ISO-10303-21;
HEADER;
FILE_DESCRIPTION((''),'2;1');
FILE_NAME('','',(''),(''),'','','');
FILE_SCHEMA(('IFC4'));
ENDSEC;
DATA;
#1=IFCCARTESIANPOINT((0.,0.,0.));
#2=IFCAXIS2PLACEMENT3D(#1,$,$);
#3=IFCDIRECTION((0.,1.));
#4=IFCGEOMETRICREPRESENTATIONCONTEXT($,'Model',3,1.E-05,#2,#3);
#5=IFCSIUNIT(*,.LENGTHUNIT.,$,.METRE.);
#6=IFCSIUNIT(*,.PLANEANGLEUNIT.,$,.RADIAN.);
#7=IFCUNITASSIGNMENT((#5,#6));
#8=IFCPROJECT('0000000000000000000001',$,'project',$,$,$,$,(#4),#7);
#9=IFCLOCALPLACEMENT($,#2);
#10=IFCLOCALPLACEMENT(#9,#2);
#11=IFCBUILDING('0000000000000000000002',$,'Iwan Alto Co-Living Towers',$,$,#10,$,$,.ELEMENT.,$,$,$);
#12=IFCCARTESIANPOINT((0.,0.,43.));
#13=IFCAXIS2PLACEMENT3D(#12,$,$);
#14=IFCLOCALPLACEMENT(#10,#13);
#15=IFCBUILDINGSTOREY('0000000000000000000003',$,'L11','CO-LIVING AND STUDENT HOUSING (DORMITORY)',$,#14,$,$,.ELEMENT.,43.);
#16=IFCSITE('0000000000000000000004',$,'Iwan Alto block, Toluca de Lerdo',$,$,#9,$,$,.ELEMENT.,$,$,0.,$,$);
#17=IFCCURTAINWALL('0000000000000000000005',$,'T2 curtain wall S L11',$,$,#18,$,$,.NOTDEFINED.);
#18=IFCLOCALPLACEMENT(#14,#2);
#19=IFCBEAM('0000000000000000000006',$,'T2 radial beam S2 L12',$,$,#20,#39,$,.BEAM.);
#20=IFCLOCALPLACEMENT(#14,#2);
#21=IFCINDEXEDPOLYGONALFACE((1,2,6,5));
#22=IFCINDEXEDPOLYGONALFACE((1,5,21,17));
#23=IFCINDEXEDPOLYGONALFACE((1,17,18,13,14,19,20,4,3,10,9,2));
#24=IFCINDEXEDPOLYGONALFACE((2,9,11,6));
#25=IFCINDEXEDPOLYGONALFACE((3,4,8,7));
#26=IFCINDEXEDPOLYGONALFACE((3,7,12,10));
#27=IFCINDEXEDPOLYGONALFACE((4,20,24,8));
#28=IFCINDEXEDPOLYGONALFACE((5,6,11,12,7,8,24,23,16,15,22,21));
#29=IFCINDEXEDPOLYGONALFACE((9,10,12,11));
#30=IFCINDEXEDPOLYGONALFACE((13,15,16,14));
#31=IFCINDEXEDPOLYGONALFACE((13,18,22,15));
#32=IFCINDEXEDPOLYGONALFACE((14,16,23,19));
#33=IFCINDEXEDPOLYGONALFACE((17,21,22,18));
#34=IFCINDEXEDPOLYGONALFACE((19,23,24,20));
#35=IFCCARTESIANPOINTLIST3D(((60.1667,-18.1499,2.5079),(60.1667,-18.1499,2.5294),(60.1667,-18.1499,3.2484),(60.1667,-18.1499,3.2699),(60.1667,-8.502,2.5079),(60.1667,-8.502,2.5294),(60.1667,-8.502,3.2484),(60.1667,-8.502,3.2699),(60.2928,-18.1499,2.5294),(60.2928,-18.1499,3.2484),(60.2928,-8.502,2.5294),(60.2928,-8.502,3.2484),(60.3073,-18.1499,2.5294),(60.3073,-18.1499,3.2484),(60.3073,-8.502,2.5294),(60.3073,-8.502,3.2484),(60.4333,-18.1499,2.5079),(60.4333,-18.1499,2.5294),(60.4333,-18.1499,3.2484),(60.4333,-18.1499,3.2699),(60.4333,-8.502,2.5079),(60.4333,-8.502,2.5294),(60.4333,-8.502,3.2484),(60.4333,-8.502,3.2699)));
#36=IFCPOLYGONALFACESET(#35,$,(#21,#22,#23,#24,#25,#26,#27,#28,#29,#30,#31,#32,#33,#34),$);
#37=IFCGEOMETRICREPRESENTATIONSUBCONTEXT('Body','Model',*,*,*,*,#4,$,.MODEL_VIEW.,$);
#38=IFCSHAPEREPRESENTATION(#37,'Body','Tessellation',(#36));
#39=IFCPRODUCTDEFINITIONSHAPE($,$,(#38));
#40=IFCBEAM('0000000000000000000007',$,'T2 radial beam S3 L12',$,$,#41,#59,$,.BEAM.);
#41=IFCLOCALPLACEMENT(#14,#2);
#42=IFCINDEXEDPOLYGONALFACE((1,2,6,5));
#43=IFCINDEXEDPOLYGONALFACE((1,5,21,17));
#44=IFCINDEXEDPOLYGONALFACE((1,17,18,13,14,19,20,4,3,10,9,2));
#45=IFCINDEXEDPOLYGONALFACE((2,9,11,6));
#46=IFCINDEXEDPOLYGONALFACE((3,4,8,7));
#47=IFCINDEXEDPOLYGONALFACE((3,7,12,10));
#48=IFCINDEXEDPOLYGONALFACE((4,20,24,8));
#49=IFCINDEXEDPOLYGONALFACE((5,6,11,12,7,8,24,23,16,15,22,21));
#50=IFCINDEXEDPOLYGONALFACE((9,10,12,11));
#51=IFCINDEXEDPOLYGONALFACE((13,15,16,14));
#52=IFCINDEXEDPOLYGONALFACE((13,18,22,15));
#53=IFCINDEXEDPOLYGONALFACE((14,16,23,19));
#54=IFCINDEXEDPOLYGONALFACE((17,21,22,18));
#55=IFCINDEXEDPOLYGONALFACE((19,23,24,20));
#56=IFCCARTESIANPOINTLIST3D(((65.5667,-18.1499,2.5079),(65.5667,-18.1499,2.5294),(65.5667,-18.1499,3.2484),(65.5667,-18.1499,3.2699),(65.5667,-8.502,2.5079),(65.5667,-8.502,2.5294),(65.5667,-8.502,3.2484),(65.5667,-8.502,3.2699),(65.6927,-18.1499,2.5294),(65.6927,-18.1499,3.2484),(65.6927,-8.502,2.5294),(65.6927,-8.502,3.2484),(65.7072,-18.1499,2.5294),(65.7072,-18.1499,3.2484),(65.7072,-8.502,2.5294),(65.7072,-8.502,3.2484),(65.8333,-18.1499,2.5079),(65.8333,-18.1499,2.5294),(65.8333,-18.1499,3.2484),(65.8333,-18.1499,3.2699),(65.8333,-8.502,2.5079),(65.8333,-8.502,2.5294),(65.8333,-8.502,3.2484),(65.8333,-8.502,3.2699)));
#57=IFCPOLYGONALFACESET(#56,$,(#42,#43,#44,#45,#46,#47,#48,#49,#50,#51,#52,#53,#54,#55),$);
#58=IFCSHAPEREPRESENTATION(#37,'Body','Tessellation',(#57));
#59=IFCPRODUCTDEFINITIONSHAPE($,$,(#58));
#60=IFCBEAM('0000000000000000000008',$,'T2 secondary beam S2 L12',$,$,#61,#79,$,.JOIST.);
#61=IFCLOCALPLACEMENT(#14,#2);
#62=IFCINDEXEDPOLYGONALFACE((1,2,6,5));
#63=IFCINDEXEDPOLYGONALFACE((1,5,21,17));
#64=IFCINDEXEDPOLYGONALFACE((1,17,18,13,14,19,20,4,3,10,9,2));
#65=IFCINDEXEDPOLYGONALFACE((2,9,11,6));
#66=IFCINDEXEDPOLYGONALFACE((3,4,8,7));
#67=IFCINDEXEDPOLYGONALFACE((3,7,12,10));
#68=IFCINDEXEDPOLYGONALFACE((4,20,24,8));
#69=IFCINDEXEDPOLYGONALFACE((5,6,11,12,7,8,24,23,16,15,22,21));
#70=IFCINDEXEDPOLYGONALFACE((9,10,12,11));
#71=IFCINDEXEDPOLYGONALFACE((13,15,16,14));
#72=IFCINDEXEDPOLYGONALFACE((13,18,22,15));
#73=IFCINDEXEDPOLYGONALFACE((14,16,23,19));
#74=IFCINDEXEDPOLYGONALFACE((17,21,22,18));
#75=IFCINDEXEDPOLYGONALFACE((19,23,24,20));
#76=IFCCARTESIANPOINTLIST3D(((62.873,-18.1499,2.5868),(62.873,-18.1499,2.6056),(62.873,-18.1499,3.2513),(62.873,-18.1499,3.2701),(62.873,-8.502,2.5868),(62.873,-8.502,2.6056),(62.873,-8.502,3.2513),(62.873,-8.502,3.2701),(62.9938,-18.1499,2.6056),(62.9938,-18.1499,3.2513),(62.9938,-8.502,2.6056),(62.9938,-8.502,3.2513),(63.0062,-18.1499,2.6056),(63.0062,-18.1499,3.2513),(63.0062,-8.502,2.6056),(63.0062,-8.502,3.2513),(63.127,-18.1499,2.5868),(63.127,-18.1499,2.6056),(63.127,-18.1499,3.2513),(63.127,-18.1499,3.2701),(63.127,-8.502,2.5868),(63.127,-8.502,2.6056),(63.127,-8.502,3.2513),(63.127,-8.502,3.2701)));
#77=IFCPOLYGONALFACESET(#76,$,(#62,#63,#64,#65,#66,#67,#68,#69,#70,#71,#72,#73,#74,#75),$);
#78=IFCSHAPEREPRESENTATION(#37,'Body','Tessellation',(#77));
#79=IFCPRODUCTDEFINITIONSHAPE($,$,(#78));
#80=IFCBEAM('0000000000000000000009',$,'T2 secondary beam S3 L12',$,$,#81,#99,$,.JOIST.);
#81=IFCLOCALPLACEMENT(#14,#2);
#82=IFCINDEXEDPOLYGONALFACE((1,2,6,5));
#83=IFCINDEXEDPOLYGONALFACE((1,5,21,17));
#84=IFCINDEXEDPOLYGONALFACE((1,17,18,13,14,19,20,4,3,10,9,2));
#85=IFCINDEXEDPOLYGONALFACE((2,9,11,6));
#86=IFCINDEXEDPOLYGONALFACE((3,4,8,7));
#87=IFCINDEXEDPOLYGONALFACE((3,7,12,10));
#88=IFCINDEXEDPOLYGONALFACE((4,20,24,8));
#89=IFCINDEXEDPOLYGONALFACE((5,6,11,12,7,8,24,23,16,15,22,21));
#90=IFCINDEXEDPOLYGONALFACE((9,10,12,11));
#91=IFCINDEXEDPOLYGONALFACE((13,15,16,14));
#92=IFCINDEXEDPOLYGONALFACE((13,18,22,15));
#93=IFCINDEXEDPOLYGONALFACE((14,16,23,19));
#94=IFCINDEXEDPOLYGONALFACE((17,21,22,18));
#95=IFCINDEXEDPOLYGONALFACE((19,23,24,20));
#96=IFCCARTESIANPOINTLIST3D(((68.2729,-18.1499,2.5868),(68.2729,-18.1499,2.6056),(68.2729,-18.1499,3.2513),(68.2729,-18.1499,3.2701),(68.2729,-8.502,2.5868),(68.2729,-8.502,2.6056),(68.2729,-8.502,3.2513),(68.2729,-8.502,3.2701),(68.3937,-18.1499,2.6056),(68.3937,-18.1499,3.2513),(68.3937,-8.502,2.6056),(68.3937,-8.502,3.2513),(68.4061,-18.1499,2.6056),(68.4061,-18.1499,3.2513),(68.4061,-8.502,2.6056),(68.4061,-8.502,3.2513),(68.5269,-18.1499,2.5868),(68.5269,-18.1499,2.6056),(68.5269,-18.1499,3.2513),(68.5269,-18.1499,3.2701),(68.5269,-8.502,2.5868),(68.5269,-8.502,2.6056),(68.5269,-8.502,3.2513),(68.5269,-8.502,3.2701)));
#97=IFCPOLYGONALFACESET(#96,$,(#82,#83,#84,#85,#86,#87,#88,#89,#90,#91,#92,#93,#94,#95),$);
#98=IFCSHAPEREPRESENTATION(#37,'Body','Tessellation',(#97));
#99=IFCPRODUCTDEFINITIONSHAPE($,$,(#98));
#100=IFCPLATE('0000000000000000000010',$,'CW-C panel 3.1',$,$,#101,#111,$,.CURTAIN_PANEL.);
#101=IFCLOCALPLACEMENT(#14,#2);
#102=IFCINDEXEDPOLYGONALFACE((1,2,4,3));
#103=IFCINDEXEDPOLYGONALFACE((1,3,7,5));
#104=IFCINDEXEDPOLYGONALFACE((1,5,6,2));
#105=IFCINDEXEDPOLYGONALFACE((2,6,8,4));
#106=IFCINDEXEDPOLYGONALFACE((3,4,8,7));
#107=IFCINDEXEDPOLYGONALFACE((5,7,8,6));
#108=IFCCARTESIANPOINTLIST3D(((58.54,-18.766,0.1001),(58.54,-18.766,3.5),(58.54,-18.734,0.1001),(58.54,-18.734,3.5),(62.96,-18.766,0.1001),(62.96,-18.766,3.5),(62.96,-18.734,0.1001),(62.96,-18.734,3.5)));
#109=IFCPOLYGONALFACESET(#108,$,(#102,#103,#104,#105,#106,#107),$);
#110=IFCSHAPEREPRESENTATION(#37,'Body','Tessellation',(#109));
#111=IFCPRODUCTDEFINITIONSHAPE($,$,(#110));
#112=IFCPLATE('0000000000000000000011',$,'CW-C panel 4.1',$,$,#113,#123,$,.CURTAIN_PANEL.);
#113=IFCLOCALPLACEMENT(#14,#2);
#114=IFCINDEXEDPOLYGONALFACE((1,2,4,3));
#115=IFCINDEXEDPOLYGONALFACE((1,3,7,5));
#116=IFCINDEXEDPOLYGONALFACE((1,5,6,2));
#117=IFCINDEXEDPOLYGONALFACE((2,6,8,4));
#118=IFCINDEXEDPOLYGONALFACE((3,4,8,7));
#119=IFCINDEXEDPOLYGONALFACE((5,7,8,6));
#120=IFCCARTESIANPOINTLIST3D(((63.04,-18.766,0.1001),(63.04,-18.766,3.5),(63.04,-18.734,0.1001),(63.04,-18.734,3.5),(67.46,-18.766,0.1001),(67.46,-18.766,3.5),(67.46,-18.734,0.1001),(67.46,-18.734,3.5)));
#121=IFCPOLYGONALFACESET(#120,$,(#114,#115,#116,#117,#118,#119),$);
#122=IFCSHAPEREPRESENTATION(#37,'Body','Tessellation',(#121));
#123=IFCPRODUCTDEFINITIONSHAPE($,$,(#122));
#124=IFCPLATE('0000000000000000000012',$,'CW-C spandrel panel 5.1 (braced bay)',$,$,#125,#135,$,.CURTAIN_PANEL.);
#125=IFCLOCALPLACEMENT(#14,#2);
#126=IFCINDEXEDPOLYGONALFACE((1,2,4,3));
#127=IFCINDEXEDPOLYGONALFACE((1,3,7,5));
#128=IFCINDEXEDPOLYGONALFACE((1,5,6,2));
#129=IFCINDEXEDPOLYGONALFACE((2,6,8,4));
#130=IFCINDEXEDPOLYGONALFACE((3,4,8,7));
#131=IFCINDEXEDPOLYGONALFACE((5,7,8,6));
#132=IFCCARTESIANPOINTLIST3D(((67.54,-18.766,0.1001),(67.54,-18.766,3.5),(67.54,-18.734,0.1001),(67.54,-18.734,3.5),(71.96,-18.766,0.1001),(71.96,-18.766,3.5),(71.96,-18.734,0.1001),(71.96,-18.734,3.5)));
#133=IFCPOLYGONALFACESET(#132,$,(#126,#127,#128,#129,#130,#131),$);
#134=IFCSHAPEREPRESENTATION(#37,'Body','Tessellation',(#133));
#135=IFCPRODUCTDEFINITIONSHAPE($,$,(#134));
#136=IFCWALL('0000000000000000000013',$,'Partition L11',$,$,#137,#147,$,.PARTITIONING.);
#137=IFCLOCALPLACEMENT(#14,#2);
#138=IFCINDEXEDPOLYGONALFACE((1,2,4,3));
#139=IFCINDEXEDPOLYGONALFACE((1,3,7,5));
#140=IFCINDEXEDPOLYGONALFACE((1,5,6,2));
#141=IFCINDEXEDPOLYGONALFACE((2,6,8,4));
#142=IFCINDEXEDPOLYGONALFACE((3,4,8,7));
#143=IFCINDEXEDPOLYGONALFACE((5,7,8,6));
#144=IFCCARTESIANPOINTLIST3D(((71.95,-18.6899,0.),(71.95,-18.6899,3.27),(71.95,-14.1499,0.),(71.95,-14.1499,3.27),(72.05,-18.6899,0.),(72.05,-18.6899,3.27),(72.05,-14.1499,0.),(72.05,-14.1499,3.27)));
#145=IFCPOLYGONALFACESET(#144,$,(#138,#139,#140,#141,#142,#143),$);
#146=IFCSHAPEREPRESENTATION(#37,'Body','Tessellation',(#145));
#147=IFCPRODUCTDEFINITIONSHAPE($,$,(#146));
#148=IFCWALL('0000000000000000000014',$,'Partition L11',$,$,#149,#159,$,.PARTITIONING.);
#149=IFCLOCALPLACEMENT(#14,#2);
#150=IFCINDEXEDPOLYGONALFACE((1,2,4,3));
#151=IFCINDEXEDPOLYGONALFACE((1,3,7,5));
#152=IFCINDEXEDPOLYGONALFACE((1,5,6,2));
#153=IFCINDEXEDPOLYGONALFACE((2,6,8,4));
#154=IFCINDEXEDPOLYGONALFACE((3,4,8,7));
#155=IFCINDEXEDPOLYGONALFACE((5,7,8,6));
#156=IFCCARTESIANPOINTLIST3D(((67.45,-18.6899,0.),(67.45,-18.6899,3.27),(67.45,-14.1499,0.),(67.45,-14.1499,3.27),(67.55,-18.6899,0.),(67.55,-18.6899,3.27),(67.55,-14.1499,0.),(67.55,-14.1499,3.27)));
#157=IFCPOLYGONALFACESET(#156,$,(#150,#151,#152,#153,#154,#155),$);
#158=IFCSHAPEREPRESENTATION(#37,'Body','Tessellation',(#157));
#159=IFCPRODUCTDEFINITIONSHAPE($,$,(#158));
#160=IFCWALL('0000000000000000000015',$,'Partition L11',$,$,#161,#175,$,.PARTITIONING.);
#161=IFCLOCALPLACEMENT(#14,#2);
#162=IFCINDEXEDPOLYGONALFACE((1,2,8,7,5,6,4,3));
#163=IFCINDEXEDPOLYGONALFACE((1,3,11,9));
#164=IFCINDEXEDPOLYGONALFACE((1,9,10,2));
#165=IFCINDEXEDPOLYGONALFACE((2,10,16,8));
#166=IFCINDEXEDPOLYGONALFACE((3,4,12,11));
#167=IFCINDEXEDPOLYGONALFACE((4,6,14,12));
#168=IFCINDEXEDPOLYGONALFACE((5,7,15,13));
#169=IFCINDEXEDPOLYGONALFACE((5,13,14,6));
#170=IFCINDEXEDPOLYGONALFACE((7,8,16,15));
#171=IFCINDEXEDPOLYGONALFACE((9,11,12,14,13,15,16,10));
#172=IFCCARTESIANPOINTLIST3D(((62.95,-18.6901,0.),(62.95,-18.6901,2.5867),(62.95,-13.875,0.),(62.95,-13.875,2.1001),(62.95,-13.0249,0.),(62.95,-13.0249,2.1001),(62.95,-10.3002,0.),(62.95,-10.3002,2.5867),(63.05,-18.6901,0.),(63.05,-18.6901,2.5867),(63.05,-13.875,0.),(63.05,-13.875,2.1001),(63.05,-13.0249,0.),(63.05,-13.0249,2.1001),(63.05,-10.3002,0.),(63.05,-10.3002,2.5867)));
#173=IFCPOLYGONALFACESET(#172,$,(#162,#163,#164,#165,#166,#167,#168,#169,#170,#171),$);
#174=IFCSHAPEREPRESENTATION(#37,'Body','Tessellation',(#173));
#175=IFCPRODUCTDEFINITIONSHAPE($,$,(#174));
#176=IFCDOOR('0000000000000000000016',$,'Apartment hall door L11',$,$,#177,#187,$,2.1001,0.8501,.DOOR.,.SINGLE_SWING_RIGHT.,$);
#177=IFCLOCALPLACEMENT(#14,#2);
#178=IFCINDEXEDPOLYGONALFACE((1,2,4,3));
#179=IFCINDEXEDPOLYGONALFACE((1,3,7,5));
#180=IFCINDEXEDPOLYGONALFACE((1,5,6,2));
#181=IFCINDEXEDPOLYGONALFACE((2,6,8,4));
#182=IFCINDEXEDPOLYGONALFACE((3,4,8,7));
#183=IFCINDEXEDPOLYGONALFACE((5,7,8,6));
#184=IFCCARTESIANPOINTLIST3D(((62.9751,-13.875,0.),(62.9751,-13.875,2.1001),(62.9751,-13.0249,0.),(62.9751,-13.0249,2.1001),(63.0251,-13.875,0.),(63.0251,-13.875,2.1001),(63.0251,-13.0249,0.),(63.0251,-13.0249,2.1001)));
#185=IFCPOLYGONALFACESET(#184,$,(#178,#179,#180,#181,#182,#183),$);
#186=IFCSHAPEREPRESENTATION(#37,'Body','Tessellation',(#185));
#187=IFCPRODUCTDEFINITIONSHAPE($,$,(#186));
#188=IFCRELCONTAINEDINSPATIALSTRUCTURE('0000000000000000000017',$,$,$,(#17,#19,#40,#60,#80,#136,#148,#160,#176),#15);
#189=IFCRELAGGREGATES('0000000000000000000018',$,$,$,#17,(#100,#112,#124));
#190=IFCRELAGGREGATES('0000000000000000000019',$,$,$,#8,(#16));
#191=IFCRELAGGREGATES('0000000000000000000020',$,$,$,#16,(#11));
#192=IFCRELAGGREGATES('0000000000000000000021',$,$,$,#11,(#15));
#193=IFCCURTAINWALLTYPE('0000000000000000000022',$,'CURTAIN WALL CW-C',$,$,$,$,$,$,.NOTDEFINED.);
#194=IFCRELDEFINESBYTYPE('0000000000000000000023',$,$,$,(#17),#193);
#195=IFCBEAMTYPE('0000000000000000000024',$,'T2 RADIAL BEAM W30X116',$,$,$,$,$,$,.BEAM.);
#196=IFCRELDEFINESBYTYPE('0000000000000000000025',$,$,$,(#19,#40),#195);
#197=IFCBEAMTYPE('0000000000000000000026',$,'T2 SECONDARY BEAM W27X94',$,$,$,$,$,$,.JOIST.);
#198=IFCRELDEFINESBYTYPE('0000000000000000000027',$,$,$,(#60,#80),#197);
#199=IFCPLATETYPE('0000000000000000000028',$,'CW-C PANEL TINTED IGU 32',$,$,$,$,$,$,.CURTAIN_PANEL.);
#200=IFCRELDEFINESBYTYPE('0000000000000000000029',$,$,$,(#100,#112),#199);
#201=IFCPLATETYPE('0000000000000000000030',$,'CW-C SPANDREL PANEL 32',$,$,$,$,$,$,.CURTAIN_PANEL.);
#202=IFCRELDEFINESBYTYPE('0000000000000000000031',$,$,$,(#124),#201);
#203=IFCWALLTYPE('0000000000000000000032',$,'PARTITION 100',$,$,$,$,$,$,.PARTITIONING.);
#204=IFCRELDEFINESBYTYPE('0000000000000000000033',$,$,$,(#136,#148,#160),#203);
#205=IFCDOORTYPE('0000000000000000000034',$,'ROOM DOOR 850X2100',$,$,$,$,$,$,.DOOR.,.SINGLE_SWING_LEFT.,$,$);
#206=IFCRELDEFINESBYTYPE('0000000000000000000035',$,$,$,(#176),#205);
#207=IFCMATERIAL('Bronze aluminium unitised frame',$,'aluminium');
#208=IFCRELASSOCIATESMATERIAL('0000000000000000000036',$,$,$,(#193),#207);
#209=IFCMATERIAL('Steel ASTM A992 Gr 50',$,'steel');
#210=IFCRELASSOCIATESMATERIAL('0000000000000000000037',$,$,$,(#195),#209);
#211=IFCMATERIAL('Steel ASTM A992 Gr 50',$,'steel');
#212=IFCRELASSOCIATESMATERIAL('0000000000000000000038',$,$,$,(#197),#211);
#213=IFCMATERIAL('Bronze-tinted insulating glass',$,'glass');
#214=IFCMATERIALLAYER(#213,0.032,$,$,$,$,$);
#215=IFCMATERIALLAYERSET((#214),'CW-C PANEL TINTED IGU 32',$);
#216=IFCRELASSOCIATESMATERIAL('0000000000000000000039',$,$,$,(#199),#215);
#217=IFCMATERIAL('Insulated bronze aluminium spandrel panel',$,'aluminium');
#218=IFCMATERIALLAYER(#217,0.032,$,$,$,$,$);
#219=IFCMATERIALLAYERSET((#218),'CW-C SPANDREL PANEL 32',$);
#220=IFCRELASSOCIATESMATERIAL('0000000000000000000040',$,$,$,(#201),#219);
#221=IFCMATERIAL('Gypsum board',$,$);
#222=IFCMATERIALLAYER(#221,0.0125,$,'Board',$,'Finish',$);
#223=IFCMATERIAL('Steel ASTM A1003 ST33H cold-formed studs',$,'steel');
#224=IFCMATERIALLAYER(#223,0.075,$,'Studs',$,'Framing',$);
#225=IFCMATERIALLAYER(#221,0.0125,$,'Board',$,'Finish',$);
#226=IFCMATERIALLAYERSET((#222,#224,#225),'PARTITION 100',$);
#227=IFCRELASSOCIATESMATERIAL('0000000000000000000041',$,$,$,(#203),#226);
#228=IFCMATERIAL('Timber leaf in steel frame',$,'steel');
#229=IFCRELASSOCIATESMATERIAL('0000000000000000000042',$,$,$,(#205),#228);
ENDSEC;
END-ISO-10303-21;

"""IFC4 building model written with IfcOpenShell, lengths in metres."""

from ifc_helpers import new_model, si_unit, direction, frame, frame_2d, origin, origin_2d, place, context, subcontext, project, spatial, rectangle, i_section, extrude, material, layer, layer_set, material_profile, profile_set, type_object, element, fill, aggregate, save


model = new_model("IFC4")

# Units and contexts
model_context = context("Model", 3, precision=1e-05, world=origin(), true_north=direction((0.0, 1.0)))
body_context = subcontext(model_context, "Body", "Model", "MODEL_VIEW")
ifc_project = project(units=[si_unit("LENGTHUNIT", "METRE"), si_unit("PLANEANGLEUNIT", "RADIAN")], contexts=[model_context])

# Site, building, storey
site_placement = place(None, origin())
site = spatial("IfcSite", under=ifc_project, at=site_placement, Name="Iwan Alto block, Toluca de Lerdo", CompositionType="ELEMENT", RefElevation=0.0)
building_placement = place(site_placement, origin())
building = spatial("IfcBuilding", under=site, at=building_placement, Name="Iwan Alto Co-Living Towers", CompositionType="ELEMENT")
storey_placement = place(building_placement, frame((0.0, 0.0, 43.0)))
storey = spatial("IfcBuildingStorey", under=building, at=storey_placement, Name="L11", Description="CO-LIVING AND STUDENT HOUSING (DORMITORY)", CompositionType="ELEMENT", Elevation=43.0)

# Curtain wall
ifc_material_1 = material(Name="Bronze aluminium unitised frame", Category="aluminium")
curtain_wall_type = type_object("IfcCurtainWallType", Name="CURTAIN WALL CW-C", PredefinedType="NOTDEFINED", material=ifc_material_1)
curtain_wall_placement = place(storey_placement, origin())
curtain_wall = element("IfcCurtainWall", 1, at=curtain_wall_placement, inside=storey, type_object=curtain_wall_type, Name="T2 curtain wall S L11", PredefinedType="NOTDEFINED")

# Beams
ifc_material_2 = material(Name="Steel ASTM A992 Gr 50", Category="steel")
ifc_material_profile_1 = material_profile(ifc_material_2, i_section(OverallWidth=0.2666, OverallDepth=0.762, WebThickness=0.0144, FlangeThickness=0.0215, at=origin_2d()), Name="W30X116")
ifc_profile_set_1 = profile_set([ifc_material_profile_1], Name="Steel ASTM A992 Gr 50")
beam_type_1 = type_object("IfcBeamType", Name="T2 RADIAL BEAM W30X116", PredefinedType="BEAM", material=ifc_profile_set_1)
for number, where, z_axis, x_axis, name in (
    (2, (60.3, -18.1499, 2.8889), (0.0, 1.0, 0.0), (-1.0, 0.0, 0.0), "T2 radial beam S2 L12"),
    (3, (65.7, -18.1499, 2.8889), (0.0, 1.0, 0.0), (-1.0, 0.0, 0.0), "T2 radial beam S3 L12"),
):
    element("IfcBeam", number, at=place(storey_placement, frame(where, z_axis=z_axis, x_axis=x_axis)), inside=storey, type_object=beam_type_1, Name=name, PredefinedType="BEAM", context=body_context, shape_type="SweptSolid", body=[
        extrude(i_section(OverallWidth=0.2666, OverallDepth=0.762, WebThickness=0.0144, FlangeThickness=0.0215, at=origin_2d()), origin(), (0.0, 0.0, 1.0), 9.6479),
    ])
ifc_material_3 = material(Name="Steel ASTM A992 Gr 50", Category="steel")
ifc_material_profile_2 = material_profile(ifc_material_3, i_section(OverallWidth=0.2539, OverallDepth=0.6833, WebThickness=0.0125, FlangeThickness=0.0188, at=origin_2d()), Name="W27X94")
ifc_profile_set_2 = profile_set([ifc_material_profile_2], Name="Steel ASTM A992 Gr 50")
beam_type_2 = type_object("IfcBeamType", Name="T2 SECONDARY BEAM W27X94", PredefinedType="JOIST", material=ifc_profile_set_2)
for number, where, z_axis, x_axis, name in (
    (4, (63.0, -18.1499, 2.9285), (0.0, 1.0, 0.0), (-1.0, 0.0, 0.0), "T2 secondary beam S2 L12"),
    (5, (68.3999, -18.1499, 2.9285), (0.0, 1.0, 0.0), (-1.0, 0.0, 0.0), "T2 secondary beam S3 L12"),
):
    element("IfcBeam", number, at=place(storey_placement, frame(where, z_axis=z_axis, x_axis=x_axis)), inside=storey, type_object=beam_type_2, Name=name, PredefinedType="JOIST", context=body_context, shape_type="SweptSolid", body=[
        extrude(i_section(OverallWidth=0.2539, OverallDepth=0.6833, WebThickness=0.0125, FlangeThickness=0.0188, at=origin_2d()), origin(), (0.0, 0.0, 1.0), 9.6479),
    ])

# Plates
ifc_material_4 = material(Name="Bronze-tinted insulating glass", Category="glass")
ifc_layer_1 = layer(ifc_material_4, 0.032)
ifc_layer_set_1 = layer_set([ifc_layer_1], Name="CW-C PANEL TINTED IGU 32")
plate_type_1 = type_object("IfcPlateType", Name="CW-C PANEL TINTED IGU 32", PredefinedType="CURTAIN_PANEL", material=ifc_layer_set_1)
plate_1_placement = place(storey_placement, frame((60.75, -18.75, 0.1001), z_axis=(0.0, 0.0, 1.0), x_axis=(1.0, 0.0, 0.0)))
plate_1 = element("IfcPlate", 6, at=plate_1_placement, type_object=plate_type_1, Name="CW-C panel 3.1", PredefinedType="CURTAIN_PANEL", context=body_context, shape_type="SweptSolid", body=[
    extrude(rectangle(XDim=4.4199, YDim=0.032, at=origin_2d()), origin(), (0.0, 0.0, 1.0), 3.3999),
])
plate_2_placement = place(storey_placement, frame((65.25, -18.75, 0.1001), z_axis=(0.0, 0.0, 1.0), x_axis=(1.0, 0.0, 0.0)))
plate_2 = element("IfcPlate", 7, at=plate_2_placement, type_object=plate_type_1, Name="CW-C panel 4.1", PredefinedType="CURTAIN_PANEL", context=body_context, shape_type="SweptSolid", body=[
    extrude(rectangle(XDim=4.4199, YDim=0.032, at=origin_2d()), origin(), (0.0, 0.0, 1.0), 3.3999),
])
ifc_material_5 = material(Name="Insulated bronze aluminium spandrel panel", Category="aluminium")
ifc_layer_2 = layer(ifc_material_5, 0.032)
ifc_layer_set_2 = layer_set([ifc_layer_2], Name="CW-C SPANDREL PANEL 32")
plate_type_2 = type_object("IfcPlateType", Name="CW-C SPANDREL PANEL 32", PredefinedType="CURTAIN_PANEL", material=ifc_layer_set_2)
plate_3_placement = place(storey_placement, frame((69.75, -18.75, 0.1001), z_axis=(0.0, 0.0, 1.0), x_axis=(1.0, 0.0, 0.0)))
plate_3 = element("IfcPlate", 8, at=plate_3_placement, type_object=plate_type_2, Name="CW-C spandrel panel 5.1 (braced bay)", PredefinedType="CURTAIN_PANEL", context=body_context, shape_type="SweptSolid", body=[
    extrude(rectangle(XDim=4.4199, YDim=0.032, at=origin_2d()), origin(), (0.0, 0.0, 1.0), 3.3999),
])
aggregate(curtain_wall, [plate_1, plate_2, plate_3])

# Walls
ifc_material_6 = material(Name="Gypsum board")
ifc_layer_3 = layer(ifc_material_6, 0.0125, Name="Board", Category="Finish")
ifc_material_7 = material(Name="Steel ASTM A1003 ST33H cold-formed studs", Category="steel")
ifc_layer_4 = layer(ifc_material_7, 0.075, Name="Studs", Category="Framing")
ifc_layer_5 = layer(ifc_material_6, 0.0125, Name="Board", Category="Finish")
ifc_layer_set_3 = layer_set([ifc_layer_3, ifc_layer_4, ifc_layer_5], Name="PARTITION 100")
wall_type = type_object("IfcWallType", Name="PARTITION 100", PredefinedType="PARTITIONING", material=ifc_layer_set_3)
for number, where, z_axis, x_axis, name in (
    (9, (72.0, -18.6899, 0.0), (0.0, 0.0, 1.0), (0.0, 1.0, 0.0), "Partition L11"),
    (10, (67.5, -18.6899, 0.0), (0.0, 0.0, 1.0), (0.0, 1.0, 0.0), "Partition L11"),
):
    element("IfcWall", number, at=place(storey_placement, frame(where, z_axis=z_axis, x_axis=x_axis)), inside=storey, type_object=wall_type, Name=name, PredefinedType="PARTITIONING", context=body_context, shape_type="SweptSolid", body=[
        extrude(rectangle(XDim=4.54, YDim=0.1001, at=frame_2d((2.27, 0.0))), origin(), (0.0, 0.0, 1.0), 3.27),
    ])

# Wall, opening, door
wall_placement = place(storey_placement, frame((63.0, -18.6899, 0.0), z_axis=(0.0, 0.0, 1.0), x_axis=(0.0, 1.0, 0.0)))
wall = element("IfcWall", 11, at=wall_placement, inside=storey, type_object=wall_type, Name="Partition L11", PredefinedType="PARTITIONING", context=body_context, shape_type="SweptSolid", body=[
    extrude(rectangle(XDim=8.3899, YDim=0.1001, at=frame_2d((4.1948, 0.0))), origin(), (0.0, 0.0, 1.0), 2.5867),
])
opening_placement = place(wall_placement, frame((4.8149, 0.0, 0.0)))
opening = element("IfcOpeningElement", 12, at=opening_placement, cuts=wall, PredefinedType="OPENING", context=body_context, shape_type="SweptSolid", body=[
    extrude(rectangle(XDim=0.8501, YDim=2.1001, at=frame_2d((0.425, 1.05))), frame((0.0, 0.0601, 0.0), z_axis=(0.0, -1.0, 0.0), x_axis=(1.0, 0.0, 0.0)), (0.0, 0.0, 1.0), 0.1201),
])
ifc_material_8 = material(Name="Timber leaf in steel frame", Category="steel")
door_type = type_object("IfcDoorType", Name="ROOM DOOR 850X2100", OperationType="SINGLE_SWING_LEFT", PredefinedType="DOOR", material=ifc_material_8)
door_placement = place(opening_placement, origin())
door = element("IfcDoor", 13, at=door_placement, inside=storey, type_object=door_type, Name="Apartment hall door L11", OperationType="SINGLE_SWING_RIGHT", OverallHeight=2.1001, OverallWidth=0.8501, PredefinedType="DOOR", context=body_context, shape_type="SweptSolid", body=[
    extrude(rectangle(XDim=0.8501, YDim=2.1001, at=frame_2d((0.425, 1.05))), frame((0.0, 0.0249, 0.0), z_axis=(0.0, -1.0, 0.0), x_axis=(1.0, 0.0, 0.0)), (0.0, 0.0, 1.0), 0.05),
])
fill(opening, door)

save(model, "model.ifc")
